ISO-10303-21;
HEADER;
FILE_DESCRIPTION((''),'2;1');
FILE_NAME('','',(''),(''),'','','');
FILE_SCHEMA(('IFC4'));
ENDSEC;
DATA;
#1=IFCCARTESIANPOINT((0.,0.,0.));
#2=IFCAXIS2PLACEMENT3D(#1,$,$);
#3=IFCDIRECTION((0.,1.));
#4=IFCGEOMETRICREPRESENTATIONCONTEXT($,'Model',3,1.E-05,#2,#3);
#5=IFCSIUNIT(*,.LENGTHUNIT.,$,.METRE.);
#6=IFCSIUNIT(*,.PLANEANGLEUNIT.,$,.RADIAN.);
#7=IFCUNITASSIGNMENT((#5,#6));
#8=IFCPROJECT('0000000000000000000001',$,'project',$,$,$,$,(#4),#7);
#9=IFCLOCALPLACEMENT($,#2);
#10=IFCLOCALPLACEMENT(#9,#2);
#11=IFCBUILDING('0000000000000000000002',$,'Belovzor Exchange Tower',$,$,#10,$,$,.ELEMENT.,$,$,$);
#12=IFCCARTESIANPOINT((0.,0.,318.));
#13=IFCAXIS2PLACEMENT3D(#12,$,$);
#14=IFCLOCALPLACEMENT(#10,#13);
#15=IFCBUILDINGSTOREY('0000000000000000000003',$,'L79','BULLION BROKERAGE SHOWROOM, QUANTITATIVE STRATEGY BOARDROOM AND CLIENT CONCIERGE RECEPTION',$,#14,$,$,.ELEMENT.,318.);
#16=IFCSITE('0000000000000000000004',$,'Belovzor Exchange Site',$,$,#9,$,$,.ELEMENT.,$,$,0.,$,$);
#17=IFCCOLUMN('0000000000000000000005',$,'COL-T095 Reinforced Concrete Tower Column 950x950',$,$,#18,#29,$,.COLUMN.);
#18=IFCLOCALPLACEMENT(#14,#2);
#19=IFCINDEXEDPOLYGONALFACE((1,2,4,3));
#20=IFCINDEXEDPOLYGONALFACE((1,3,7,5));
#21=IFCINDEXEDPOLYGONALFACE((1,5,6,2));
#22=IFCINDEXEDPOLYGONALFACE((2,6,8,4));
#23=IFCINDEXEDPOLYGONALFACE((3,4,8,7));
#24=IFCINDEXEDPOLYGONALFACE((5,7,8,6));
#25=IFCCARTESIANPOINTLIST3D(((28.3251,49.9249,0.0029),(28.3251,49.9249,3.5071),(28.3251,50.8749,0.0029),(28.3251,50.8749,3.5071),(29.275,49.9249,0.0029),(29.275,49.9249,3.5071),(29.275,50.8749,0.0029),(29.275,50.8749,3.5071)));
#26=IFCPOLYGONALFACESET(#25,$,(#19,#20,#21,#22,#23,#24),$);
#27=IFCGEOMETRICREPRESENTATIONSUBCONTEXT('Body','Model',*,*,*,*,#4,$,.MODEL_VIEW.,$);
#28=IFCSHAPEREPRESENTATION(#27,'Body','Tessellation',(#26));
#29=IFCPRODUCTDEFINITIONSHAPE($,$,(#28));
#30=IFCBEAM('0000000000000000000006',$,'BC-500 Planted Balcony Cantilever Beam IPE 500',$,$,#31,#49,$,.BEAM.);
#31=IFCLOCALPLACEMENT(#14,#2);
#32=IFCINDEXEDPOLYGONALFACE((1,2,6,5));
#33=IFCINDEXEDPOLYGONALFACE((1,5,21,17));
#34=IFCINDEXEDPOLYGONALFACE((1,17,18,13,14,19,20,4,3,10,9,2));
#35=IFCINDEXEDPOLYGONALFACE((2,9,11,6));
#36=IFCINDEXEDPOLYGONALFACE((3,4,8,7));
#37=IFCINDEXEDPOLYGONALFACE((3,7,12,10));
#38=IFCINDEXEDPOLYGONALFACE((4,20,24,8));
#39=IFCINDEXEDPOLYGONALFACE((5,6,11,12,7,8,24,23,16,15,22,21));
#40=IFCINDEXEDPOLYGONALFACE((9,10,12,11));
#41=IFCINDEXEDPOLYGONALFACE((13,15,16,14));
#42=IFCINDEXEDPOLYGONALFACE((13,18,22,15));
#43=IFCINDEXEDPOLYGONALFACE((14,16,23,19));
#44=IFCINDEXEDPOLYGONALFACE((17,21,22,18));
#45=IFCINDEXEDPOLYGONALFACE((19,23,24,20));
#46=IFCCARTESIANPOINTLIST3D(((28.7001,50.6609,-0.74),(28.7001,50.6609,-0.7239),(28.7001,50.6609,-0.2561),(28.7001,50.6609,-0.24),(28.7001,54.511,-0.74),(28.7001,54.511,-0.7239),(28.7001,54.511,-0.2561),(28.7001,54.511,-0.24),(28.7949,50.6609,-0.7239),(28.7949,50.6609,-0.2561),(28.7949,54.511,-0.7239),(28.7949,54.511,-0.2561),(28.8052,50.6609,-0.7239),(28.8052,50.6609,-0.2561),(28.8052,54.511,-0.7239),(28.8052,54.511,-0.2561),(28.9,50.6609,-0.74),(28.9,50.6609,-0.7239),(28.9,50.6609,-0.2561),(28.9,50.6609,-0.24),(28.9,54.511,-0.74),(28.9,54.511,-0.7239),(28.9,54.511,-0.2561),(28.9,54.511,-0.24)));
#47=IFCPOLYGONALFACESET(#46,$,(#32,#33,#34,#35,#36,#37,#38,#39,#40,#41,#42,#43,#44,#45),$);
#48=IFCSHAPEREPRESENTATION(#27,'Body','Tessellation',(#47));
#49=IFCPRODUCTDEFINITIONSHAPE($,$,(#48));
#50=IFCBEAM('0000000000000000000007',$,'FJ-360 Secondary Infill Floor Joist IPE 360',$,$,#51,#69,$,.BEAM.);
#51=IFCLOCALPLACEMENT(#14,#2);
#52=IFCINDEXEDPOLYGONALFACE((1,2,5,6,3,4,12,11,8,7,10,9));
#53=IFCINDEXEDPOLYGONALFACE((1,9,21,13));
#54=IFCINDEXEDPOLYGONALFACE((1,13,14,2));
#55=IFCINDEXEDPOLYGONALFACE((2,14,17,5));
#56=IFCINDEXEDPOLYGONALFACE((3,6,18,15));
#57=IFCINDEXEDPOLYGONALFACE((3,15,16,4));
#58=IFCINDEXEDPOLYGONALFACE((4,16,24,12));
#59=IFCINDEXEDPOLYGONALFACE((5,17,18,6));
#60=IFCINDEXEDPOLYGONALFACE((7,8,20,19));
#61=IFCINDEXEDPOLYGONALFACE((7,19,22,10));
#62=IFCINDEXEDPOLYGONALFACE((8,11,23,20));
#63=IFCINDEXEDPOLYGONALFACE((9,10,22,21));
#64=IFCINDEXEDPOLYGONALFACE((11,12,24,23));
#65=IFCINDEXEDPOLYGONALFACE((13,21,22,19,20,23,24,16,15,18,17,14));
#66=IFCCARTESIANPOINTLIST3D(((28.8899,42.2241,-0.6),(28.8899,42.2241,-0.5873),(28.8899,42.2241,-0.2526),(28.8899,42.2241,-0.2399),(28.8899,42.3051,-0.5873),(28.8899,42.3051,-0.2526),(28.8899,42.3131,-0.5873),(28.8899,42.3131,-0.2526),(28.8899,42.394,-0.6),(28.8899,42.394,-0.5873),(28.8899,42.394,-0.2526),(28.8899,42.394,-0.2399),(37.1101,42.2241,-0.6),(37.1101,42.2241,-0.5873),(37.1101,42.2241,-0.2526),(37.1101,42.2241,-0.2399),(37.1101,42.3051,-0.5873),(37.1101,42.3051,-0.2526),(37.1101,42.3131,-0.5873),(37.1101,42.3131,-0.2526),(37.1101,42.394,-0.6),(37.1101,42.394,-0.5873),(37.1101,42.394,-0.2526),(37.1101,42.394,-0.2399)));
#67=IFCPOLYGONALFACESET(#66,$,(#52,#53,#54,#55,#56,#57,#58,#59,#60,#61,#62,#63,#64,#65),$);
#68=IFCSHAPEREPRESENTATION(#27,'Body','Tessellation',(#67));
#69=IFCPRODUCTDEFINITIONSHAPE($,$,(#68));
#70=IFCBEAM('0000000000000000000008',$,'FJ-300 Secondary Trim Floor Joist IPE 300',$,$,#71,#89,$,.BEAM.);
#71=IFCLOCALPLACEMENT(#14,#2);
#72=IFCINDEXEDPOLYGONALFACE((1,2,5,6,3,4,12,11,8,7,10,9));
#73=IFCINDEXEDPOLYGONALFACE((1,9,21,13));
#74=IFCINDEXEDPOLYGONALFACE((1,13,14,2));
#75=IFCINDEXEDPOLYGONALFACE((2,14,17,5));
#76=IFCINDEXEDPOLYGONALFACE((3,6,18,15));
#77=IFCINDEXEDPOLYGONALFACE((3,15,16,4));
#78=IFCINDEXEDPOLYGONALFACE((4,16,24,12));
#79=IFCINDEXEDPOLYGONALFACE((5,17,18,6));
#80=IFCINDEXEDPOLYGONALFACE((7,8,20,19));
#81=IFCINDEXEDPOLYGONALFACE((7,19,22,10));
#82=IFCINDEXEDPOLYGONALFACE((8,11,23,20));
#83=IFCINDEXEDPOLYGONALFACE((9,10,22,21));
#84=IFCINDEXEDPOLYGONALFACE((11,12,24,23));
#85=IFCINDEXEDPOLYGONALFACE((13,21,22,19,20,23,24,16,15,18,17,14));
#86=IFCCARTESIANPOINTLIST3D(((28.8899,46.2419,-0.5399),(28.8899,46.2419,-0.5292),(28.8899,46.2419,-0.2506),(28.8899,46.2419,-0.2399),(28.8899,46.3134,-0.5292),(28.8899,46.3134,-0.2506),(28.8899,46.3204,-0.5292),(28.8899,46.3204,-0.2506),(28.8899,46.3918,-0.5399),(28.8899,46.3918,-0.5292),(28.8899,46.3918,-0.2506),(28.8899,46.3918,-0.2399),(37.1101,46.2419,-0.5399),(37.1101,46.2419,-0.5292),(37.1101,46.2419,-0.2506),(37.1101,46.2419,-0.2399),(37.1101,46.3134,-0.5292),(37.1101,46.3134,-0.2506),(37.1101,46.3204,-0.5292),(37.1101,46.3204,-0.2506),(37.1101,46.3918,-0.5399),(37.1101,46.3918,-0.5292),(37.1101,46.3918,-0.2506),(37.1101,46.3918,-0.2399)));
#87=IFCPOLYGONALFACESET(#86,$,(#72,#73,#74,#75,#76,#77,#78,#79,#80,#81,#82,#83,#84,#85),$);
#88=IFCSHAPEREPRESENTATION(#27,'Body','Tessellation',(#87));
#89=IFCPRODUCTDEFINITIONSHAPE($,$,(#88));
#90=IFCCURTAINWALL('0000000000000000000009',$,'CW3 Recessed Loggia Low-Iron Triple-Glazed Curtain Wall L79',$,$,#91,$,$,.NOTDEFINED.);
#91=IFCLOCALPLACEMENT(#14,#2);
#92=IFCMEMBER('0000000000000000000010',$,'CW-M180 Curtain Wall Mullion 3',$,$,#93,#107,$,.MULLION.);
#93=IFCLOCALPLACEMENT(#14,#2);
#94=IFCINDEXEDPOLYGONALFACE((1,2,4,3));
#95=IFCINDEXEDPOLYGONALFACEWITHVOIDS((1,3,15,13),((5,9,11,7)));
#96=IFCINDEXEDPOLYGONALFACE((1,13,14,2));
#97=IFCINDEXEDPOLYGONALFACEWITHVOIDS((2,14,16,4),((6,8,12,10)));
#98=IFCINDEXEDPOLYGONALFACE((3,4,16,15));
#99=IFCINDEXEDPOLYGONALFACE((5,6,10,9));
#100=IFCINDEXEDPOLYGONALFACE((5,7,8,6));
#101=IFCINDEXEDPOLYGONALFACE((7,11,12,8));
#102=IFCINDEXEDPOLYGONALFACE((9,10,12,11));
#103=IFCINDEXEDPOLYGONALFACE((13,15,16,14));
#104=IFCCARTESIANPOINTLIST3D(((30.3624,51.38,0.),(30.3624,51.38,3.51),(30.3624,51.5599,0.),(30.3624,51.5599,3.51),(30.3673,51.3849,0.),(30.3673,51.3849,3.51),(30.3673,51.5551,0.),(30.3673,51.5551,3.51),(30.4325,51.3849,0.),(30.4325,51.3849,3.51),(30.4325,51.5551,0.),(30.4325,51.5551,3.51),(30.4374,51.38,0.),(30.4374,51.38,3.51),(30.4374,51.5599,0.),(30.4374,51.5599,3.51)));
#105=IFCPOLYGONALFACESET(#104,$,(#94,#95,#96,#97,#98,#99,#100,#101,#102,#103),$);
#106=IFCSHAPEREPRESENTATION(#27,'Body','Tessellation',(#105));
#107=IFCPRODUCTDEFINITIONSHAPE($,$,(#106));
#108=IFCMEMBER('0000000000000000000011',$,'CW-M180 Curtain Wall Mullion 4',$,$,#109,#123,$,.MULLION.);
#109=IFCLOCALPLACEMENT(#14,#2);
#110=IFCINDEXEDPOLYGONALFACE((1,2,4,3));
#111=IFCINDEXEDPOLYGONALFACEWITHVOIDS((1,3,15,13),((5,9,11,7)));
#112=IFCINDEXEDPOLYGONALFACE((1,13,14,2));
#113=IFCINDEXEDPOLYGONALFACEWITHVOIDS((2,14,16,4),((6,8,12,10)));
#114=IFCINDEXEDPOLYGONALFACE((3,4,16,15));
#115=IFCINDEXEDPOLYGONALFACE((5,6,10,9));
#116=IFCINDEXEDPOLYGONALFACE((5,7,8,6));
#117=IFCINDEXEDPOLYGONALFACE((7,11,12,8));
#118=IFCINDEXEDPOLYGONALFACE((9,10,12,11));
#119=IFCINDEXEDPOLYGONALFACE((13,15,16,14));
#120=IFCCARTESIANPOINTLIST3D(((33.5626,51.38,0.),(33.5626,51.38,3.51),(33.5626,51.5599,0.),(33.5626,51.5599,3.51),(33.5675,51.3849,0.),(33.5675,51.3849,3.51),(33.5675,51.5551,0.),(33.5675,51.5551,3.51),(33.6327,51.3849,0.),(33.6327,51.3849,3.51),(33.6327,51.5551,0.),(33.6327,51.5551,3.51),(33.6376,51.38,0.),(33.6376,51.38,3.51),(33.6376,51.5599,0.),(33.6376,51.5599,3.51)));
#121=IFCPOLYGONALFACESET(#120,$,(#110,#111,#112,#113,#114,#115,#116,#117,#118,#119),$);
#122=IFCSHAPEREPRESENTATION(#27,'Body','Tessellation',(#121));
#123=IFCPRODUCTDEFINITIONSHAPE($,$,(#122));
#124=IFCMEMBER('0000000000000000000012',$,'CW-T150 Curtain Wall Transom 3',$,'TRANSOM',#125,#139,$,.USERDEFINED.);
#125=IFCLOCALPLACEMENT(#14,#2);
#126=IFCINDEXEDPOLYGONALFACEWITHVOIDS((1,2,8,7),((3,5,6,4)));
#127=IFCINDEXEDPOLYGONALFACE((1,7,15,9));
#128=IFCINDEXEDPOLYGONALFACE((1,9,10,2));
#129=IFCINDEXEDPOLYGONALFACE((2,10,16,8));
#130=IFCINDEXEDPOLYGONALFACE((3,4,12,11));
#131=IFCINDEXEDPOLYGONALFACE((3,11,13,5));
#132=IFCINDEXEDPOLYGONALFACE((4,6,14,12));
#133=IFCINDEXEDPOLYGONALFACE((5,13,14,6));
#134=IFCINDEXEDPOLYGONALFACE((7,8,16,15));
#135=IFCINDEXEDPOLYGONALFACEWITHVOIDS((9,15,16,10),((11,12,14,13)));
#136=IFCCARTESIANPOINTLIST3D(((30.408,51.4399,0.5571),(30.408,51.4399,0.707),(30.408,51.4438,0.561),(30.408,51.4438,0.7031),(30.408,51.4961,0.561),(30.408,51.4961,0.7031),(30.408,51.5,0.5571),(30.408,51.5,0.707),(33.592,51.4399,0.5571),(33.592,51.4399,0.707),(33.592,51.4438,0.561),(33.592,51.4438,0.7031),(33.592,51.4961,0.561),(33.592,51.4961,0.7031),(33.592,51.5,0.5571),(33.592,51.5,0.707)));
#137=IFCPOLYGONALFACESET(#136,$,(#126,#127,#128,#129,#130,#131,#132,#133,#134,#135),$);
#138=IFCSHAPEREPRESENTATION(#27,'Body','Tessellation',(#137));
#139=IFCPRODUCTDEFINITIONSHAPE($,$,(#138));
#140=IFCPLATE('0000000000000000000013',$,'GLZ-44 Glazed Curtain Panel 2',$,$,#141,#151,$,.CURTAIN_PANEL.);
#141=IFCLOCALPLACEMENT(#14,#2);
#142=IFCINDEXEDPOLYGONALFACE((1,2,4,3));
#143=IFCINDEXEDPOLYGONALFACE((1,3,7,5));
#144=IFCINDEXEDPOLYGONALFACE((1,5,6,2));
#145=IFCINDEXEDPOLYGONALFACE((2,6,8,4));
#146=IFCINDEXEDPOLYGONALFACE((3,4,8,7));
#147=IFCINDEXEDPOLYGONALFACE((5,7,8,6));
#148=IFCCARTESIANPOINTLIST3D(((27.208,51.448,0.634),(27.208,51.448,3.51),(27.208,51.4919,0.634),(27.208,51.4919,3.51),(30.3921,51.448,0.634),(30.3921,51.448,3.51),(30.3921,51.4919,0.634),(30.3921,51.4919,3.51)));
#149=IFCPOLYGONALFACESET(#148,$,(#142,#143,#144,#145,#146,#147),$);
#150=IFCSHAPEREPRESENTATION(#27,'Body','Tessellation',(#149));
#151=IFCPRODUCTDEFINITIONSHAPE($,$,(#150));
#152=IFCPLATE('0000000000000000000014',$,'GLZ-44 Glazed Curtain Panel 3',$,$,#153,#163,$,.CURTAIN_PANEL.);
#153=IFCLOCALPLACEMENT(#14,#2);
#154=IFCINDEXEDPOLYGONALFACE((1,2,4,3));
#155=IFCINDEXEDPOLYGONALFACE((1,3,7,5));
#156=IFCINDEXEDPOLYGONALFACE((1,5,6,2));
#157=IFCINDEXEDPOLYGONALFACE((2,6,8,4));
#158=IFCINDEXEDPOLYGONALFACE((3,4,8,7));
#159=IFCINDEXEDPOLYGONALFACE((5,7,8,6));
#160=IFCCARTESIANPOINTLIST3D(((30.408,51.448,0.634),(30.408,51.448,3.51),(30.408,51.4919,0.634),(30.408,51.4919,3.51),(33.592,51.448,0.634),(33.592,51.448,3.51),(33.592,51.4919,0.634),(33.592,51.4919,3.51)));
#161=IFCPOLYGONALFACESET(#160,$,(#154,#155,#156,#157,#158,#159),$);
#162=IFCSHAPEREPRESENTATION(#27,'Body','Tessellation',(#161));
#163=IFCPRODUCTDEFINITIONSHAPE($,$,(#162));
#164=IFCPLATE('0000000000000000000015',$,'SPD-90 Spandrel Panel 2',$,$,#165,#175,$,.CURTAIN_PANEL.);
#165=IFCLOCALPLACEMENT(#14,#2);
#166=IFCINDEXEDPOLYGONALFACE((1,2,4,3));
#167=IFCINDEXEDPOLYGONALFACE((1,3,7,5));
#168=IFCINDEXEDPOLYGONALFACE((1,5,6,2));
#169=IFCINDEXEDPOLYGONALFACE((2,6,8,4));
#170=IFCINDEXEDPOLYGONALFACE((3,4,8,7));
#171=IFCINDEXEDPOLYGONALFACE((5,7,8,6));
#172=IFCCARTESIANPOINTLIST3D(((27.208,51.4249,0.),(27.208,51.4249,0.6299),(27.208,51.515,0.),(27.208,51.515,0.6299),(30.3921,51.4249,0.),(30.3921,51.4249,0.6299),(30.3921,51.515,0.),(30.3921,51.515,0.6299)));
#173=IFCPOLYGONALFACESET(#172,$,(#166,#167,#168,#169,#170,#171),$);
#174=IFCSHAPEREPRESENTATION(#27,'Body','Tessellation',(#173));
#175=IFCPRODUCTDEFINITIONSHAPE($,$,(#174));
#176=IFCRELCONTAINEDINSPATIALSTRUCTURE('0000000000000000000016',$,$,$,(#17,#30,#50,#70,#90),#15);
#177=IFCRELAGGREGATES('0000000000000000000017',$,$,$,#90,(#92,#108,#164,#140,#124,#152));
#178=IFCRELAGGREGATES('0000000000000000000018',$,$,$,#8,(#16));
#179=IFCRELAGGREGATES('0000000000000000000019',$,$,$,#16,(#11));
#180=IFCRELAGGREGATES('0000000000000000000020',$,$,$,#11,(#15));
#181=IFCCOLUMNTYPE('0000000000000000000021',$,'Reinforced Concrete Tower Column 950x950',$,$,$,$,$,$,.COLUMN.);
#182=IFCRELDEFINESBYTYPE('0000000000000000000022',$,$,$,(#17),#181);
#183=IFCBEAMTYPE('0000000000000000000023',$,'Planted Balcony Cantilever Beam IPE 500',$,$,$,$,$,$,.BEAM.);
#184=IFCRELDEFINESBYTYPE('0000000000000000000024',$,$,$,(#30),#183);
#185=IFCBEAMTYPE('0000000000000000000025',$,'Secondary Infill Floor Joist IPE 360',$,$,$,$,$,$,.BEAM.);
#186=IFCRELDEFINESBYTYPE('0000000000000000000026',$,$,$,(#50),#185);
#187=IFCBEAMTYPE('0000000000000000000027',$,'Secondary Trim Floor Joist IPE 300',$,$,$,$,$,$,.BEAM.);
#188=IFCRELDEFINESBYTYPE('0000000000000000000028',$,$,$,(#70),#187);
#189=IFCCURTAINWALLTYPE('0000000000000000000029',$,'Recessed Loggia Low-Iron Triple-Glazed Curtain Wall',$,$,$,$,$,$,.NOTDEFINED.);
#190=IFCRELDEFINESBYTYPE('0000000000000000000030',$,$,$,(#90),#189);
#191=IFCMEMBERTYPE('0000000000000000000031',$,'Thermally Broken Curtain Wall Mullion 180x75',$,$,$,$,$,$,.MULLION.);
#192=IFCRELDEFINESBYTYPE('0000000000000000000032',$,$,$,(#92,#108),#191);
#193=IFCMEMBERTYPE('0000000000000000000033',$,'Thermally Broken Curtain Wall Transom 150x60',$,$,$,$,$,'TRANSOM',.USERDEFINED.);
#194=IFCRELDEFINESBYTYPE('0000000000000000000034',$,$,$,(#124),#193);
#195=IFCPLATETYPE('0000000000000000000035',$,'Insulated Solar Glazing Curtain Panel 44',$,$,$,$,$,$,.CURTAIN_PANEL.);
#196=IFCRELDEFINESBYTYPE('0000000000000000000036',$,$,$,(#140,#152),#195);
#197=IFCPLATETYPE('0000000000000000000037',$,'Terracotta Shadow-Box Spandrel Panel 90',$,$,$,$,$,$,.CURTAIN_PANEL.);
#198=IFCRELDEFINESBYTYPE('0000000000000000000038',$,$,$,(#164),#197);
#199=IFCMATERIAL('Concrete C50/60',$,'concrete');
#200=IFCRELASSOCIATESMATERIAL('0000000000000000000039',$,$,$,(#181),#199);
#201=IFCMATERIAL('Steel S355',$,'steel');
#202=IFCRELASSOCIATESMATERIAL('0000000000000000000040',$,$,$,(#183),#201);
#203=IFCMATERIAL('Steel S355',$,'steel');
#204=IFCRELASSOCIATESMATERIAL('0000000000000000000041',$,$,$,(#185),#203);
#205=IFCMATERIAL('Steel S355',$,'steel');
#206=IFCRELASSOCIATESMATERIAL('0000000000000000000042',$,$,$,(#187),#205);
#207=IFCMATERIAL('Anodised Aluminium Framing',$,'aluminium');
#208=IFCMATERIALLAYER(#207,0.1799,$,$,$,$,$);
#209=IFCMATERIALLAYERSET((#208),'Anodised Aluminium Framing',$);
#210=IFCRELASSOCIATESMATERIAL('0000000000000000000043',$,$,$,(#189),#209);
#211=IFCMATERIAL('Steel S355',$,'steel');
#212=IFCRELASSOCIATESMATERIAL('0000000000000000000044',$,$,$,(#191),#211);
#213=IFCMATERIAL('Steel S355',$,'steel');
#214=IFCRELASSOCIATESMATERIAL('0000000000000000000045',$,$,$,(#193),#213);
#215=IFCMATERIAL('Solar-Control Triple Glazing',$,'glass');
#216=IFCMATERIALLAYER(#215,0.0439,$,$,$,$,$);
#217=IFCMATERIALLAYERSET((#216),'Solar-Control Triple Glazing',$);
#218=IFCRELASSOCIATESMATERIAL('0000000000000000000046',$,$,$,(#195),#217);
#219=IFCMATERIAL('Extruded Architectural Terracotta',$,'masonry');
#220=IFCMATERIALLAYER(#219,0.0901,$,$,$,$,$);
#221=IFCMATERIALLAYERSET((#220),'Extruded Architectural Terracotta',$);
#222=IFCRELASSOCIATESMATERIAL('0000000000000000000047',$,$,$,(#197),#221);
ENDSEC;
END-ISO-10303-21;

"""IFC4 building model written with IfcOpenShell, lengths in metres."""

from ifc_helpers import new_model, si_unit, direction, frame, origin, origin_2d, place, context, subcontext, project, spatial, rectangle, hollow_rectangle, i_section, extrude, material, layer, layer_set, material_profile, profile_set, type_object, element, aggregate, save


model = new_model("IFC4")

# Units and contexts
model_context = context("Model", 3, precision=1e-05, world=origin(), true_north=direction((0.0, 1.0)))
body_context = subcontext(model_context, "Body", "Model", "MODEL_VIEW")
ifc_project = project(units=[si_unit("LENGTHUNIT", "METRE"), si_unit("PLANEANGLEUNIT", "RADIAN")], contexts=[model_context])

# Site, building, storey
site_placement = place(None, origin())
site = spatial("IfcSite", under=ifc_project, at=site_placement, Name="Belovzor Exchange Site", CompositionType="ELEMENT", RefElevation=0.0)
building_placement = place(site_placement, origin())
building = spatial("IfcBuilding", under=site, at=building_placement, Name="Belovzor Exchange Tower", CompositionType="ELEMENT")
storey_placement = place(building_placement, frame((0.0, 0.0, 318.0)))
storey = spatial("IfcBuildingStorey", under=building, at=storey_placement, Name="L79", Description="BULLION BROKERAGE SHOWROOM, QUANTITATIVE STRATEGY BOARDROOM AND CLIENT CONCIERGE RECEPTION", CompositionType="ELEMENT", Elevation=318.0)

# Column
ifc_material_1 = material(Name="Concrete C50/60", Category="concrete")
ifc_material_profile_1 = material_profile(ifc_material_1, rectangle(XDim=0.95, YDim=0.95, at=origin_2d()))
ifc_profile_set_1 = profile_set([ifc_material_profile_1], Name="Concrete C50/60")
column_type = type_object("IfcColumnType", Name="Reinforced Concrete Tower Column 950x950", PredefinedType="COLUMN", material=ifc_profile_set_1)
column_placement = place(storey_placement, frame((28.8, 50.3999, 0.0029), z_axis=(0.0, 0.0, 1.0), x_axis=(1.0, 0.0, 0.0)))
element("IfcColumn", 1, at=column_placement, inside=storey, type_object=column_type, Name="COL-T095 Reinforced Concrete Tower Column 950x950", PredefinedType="COLUMN", context=body_context, shape_type="SweptSolid", body=[
    extrude(rectangle(XDim=0.95, YDim=0.95, at=origin_2d()), origin(), (0.0, 0.0, 1.0), 3.5042),
])

# Beams
ifc_material_2 = material(Name="Steel S355", Category="steel")
ifc_material_profile_2 = material_profile(ifc_material_2, i_section(OverallWidth=0.2, OverallDepth=0.5, WebThickness=0.0103, FlangeThickness=0.0161, at=origin_2d()))
ifc_profile_set_2 = profile_set([ifc_material_profile_2], Name="Steel S355")
beam_type_1 = type_object("IfcBeamType", Name="Planted Balcony Cantilever Beam IPE 500", PredefinedType="BEAM", material=ifc_profile_set_2)
beam_1_placement = place(storey_placement, frame((28.8, 50.6609, -0.49), z_axis=(0.0, 1.0, 0.0), x_axis=(-1.0, 0.0, 0.0)))
element("IfcBeam", 2, at=beam_1_placement, inside=storey, type_object=beam_type_1, Name="BC-500 Planted Balcony Cantilever Beam IPE 500", PredefinedType="BEAM", context=body_context, shape_type="SweptSolid", body=[
    extrude(i_section(OverallWidth=0.2, OverallDepth=0.5, WebThickness=0.0103, FlangeThickness=0.0161, at=origin_2d()), origin(), (0.0, 0.0, 1.0), 3.8501),
])
ifc_material_3 = material(Name="Steel S355", Category="steel")
ifc_material_profile_3 = material_profile(ifc_material_3, i_section(OverallWidth=0.1699, OverallDepth=0.3601, WebThickness=0.0081, FlangeThickness=0.0127, at=origin_2d()))
ifc_profile_set_3 = profile_set([ifc_material_profile_3], Name="Steel S355")
beam_type_2 = type_object("IfcBeamType", Name="Secondary Infill Floor Joist IPE 360", PredefinedType="BEAM", material=ifc_profile_set_3)
beam_2_placement = place(storey_placement, frame((28.8899, 42.3091, -0.4199), z_axis=(1.0, 0.0, 0.0), x_axis=(0.0, 1.0, 0.0)))
element("IfcBeam", 3, at=beam_2_placement, inside=storey, type_object=beam_type_2, Name="FJ-360 Secondary Infill Floor Joist IPE 360", PredefinedType="BEAM", context=body_context, shape_type="SweptSolid", body=[
    extrude(i_section(OverallWidth=0.1699, OverallDepth=0.3601, WebThickness=0.0081, FlangeThickness=0.0127, at=origin_2d()), origin(), (0.0, 0.0, 1.0), 8.2202),
])
ifc_material_4 = material(Name="Steel S355", Category="steel")
ifc_material_profile_4 = material_profile(ifc_material_4, i_section(OverallWidth=0.1499, OverallDepth=0.3, WebThickness=0.0071, FlangeThickness=0.0107, at=origin_2d()))
ifc_profile_set_4 = profile_set([ifc_material_profile_4], Name="Steel S355")
beam_type_3 = type_object("IfcBeamType", Name="Secondary Trim Floor Joist IPE 300", PredefinedType="BEAM", material=ifc_profile_set_4)
beam_3_placement = place(storey_placement, frame((28.8899, 46.3169, -0.3899), z_axis=(1.0, 0.0, 0.0), x_axis=(0.0, 1.0, 0.0)))
element("IfcBeam", 4, at=beam_3_placement, inside=storey, type_object=beam_type_3, Name="FJ-300 Secondary Trim Floor Joist IPE 300", PredefinedType="BEAM", context=body_context, shape_type="SweptSolid", body=[
    extrude(i_section(OverallWidth=0.1499, OverallDepth=0.3, WebThickness=0.0071, FlangeThickness=0.0107, at=origin_2d()), origin(), (0.0, 0.0, 1.0), 8.2202),
])

# Curtain wall, members, plates
ifc_material_5 = material(Name="Anodised Aluminium Framing", Category="aluminium")
ifc_layer_1 = layer(ifc_material_5, 0.1799)
ifc_layer_set_1 = layer_set([ifc_layer_1], Name="Anodised Aluminium Framing")
curtain_wall_type = type_object("IfcCurtainWallType", Name="Recessed Loggia Low-Iron Triple-Glazed Curtain Wall", PredefinedType="NOTDEFINED", material=ifc_layer_set_1)
curtain_wall_placement = place(storey_placement, origin())
curtain_wall = element("IfcCurtainWall", 5, at=curtain_wall_placement, inside=storey, type_object=curtain_wall_type, Name="CW3 Recessed Loggia Low-Iron Triple-Glazed Curtain Wall L79", PredefinedType="NOTDEFINED")
ifc_material_6 = material(Name="Steel S355", Category="steel")
ifc_material_profile_5 = material_profile(ifc_material_6, hollow_rectangle(XDim=0.075, YDim=0.1799, WallThickness=0.0049, at=origin_2d()))
ifc_profile_set_5 = profile_set([ifc_material_profile_5], Name="Steel S355")
member_type_1 = type_object("IfcMemberType", Name="Thermally Broken Curtain Wall Mullion 180x75", PredefinedType="MULLION", material=ifc_profile_set_5)
member_1_placement = place(storey_placement, frame((30.3999, 51.47, 0.0), z_axis=(0.0, 0.0, 1.0), x_axis=(1.0, 0.0, 0.0)))
member_1 = element("IfcMember", 6, at=member_1_placement, type_object=member_type_1, Name="CW-M180 Curtain Wall Mullion 3", PredefinedType="MULLION", context=body_context, shape_type="SweptSolid", body=[
    extrude(hollow_rectangle(XDim=0.075, YDim=0.1799, WallThickness=0.0049, at=origin_2d()), origin(), (0.0, 0.0, 1.0), 3.51),
])
member_2_placement = place(storey_placement, frame((33.6001, 51.47, 0.0), z_axis=(0.0, 0.0, 1.0), x_axis=(1.0, 0.0, 0.0)))
member_2 = element("IfcMember", 7, at=member_2_placement, type_object=member_type_1, Name="CW-M180 Curtain Wall Mullion 4", PredefinedType="MULLION", context=body_context, shape_type="SweptSolid", body=[
    extrude(hollow_rectangle(XDim=0.075, YDim=0.1799, WallThickness=0.0049, at=origin_2d()), origin(), (0.0, 0.0, 1.0), 3.51),
])
ifc_material_7 = material(Name="Steel S355", Category="steel")
ifc_material_profile_6 = material_profile(ifc_material_7, hollow_rectangle(XDim=0.0601, YDim=0.1499, WallThickness=0.0039, at=origin_2d()))
ifc_profile_set_6 = profile_set([ifc_material_profile_6], Name="Steel S355")
member_type_2 = type_object("IfcMemberType", Name="Thermally Broken Curtain Wall Transom 150x60", ElementType="TRANSOM", PredefinedType="USERDEFINED", material=ifc_profile_set_6)
member_3_placement = place(storey_placement, frame((30.408, 51.47, 0.6321), z_axis=(1.0, 0.0, 0.0), x_axis=(0.0, 1.0, 0.0)))
member_3 = element("IfcMember", 8, at=member_3_placement, type_object=member_type_2, Name="CW-T150 Curtain Wall Transom 3", ObjectType="TRANSOM", PredefinedType="USERDEFINED", context=body_context, shape_type="SweptSolid", body=[
    extrude(hollow_rectangle(XDim=0.0601, YDim=0.1499, WallThickness=0.0039, at=origin_2d()), origin(), (0.0, 0.0, 1.0), 3.1841),
])
ifc_material_8 = material(Name="Solar-Control Triple Glazing", Category="glass")
ifc_layer_2 = layer(ifc_material_8, 0.0439)
ifc_layer_set_2 = layer_set([ifc_layer_2], Name="Solar-Control Triple Glazing")
plate_type_1 = type_object("IfcPlateType", Name="Insulated Solar Glazing Curtain Panel 44", PredefinedType="CURTAIN_PANEL", material=ifc_layer_set_2)
plate_1_placement = place(storey_placement, frame((28.8, 51.47, 0.634), z_axis=(0.0, 0.0, 1.0), x_axis=(1.0, 0.0, 0.0)))
plate_1 = element("IfcPlate", 9, at=plate_1_placement, type_object=plate_type_1, Name="GLZ-44 Glazed Curtain Panel 2", PredefinedType="CURTAIN_PANEL", context=body_context, shape_type="SweptSolid", body=[
    extrude(rectangle(XDim=3.1841, YDim=0.0439, at=origin_2d()), origin(), (0.0, 0.0, 1.0), 2.876),
])
plate_2_placement = place(storey_placement, frame((32.0, 51.47, 0.634), z_axis=(0.0, 0.0, 1.0), x_axis=(1.0, 0.0, 0.0)))
plate_2 = element("IfcPlate", 10, at=plate_2_placement, type_object=plate_type_1, Name="GLZ-44 Glazed Curtain Panel 3", PredefinedType="CURTAIN_PANEL", context=body_context, shape_type="SweptSolid", body=[
    extrude(rectangle(XDim=3.1841, YDim=0.0439, at=origin_2d()), origin(), (0.0, 0.0, 1.0), 2.876),
])
ifc_material_9 = material(Name="Extruded Architectural Terracotta", Category="masonry")
ifc_layer_3 = layer(ifc_material_9, 0.0901)
ifc_layer_set_3 = layer_set([ifc_layer_3], Name="Extruded Architectural Terracotta")
plate_type_2 = type_object("IfcPlateType", Name="Terracotta Shadow-Box Spandrel Panel 90", PredefinedType="CURTAIN_PANEL", material=ifc_layer_set_3)
plate_3_placement = place(storey_placement, frame((28.8, 51.47, 0.0), z_axis=(0.0, 0.0, 1.0), x_axis=(1.0, 0.0, 0.0)))
plate_3 = element("IfcPlate", 11, at=plate_3_placement, type_object=plate_type_2, Name="SPD-90 Spandrel Panel 2", PredefinedType="CURTAIN_PANEL", context=body_context, shape_type="SweptSolid", body=[
    extrude(rectangle(XDim=3.1841, YDim=0.0901, at=origin_2d()), origin(), (0.0, 0.0, 1.0), 0.6299),
])
aggregate(curtain_wall, [member_1, member_2, plate_3, plate_1, member_3, plate_2])

save(model, "model.ifc")
